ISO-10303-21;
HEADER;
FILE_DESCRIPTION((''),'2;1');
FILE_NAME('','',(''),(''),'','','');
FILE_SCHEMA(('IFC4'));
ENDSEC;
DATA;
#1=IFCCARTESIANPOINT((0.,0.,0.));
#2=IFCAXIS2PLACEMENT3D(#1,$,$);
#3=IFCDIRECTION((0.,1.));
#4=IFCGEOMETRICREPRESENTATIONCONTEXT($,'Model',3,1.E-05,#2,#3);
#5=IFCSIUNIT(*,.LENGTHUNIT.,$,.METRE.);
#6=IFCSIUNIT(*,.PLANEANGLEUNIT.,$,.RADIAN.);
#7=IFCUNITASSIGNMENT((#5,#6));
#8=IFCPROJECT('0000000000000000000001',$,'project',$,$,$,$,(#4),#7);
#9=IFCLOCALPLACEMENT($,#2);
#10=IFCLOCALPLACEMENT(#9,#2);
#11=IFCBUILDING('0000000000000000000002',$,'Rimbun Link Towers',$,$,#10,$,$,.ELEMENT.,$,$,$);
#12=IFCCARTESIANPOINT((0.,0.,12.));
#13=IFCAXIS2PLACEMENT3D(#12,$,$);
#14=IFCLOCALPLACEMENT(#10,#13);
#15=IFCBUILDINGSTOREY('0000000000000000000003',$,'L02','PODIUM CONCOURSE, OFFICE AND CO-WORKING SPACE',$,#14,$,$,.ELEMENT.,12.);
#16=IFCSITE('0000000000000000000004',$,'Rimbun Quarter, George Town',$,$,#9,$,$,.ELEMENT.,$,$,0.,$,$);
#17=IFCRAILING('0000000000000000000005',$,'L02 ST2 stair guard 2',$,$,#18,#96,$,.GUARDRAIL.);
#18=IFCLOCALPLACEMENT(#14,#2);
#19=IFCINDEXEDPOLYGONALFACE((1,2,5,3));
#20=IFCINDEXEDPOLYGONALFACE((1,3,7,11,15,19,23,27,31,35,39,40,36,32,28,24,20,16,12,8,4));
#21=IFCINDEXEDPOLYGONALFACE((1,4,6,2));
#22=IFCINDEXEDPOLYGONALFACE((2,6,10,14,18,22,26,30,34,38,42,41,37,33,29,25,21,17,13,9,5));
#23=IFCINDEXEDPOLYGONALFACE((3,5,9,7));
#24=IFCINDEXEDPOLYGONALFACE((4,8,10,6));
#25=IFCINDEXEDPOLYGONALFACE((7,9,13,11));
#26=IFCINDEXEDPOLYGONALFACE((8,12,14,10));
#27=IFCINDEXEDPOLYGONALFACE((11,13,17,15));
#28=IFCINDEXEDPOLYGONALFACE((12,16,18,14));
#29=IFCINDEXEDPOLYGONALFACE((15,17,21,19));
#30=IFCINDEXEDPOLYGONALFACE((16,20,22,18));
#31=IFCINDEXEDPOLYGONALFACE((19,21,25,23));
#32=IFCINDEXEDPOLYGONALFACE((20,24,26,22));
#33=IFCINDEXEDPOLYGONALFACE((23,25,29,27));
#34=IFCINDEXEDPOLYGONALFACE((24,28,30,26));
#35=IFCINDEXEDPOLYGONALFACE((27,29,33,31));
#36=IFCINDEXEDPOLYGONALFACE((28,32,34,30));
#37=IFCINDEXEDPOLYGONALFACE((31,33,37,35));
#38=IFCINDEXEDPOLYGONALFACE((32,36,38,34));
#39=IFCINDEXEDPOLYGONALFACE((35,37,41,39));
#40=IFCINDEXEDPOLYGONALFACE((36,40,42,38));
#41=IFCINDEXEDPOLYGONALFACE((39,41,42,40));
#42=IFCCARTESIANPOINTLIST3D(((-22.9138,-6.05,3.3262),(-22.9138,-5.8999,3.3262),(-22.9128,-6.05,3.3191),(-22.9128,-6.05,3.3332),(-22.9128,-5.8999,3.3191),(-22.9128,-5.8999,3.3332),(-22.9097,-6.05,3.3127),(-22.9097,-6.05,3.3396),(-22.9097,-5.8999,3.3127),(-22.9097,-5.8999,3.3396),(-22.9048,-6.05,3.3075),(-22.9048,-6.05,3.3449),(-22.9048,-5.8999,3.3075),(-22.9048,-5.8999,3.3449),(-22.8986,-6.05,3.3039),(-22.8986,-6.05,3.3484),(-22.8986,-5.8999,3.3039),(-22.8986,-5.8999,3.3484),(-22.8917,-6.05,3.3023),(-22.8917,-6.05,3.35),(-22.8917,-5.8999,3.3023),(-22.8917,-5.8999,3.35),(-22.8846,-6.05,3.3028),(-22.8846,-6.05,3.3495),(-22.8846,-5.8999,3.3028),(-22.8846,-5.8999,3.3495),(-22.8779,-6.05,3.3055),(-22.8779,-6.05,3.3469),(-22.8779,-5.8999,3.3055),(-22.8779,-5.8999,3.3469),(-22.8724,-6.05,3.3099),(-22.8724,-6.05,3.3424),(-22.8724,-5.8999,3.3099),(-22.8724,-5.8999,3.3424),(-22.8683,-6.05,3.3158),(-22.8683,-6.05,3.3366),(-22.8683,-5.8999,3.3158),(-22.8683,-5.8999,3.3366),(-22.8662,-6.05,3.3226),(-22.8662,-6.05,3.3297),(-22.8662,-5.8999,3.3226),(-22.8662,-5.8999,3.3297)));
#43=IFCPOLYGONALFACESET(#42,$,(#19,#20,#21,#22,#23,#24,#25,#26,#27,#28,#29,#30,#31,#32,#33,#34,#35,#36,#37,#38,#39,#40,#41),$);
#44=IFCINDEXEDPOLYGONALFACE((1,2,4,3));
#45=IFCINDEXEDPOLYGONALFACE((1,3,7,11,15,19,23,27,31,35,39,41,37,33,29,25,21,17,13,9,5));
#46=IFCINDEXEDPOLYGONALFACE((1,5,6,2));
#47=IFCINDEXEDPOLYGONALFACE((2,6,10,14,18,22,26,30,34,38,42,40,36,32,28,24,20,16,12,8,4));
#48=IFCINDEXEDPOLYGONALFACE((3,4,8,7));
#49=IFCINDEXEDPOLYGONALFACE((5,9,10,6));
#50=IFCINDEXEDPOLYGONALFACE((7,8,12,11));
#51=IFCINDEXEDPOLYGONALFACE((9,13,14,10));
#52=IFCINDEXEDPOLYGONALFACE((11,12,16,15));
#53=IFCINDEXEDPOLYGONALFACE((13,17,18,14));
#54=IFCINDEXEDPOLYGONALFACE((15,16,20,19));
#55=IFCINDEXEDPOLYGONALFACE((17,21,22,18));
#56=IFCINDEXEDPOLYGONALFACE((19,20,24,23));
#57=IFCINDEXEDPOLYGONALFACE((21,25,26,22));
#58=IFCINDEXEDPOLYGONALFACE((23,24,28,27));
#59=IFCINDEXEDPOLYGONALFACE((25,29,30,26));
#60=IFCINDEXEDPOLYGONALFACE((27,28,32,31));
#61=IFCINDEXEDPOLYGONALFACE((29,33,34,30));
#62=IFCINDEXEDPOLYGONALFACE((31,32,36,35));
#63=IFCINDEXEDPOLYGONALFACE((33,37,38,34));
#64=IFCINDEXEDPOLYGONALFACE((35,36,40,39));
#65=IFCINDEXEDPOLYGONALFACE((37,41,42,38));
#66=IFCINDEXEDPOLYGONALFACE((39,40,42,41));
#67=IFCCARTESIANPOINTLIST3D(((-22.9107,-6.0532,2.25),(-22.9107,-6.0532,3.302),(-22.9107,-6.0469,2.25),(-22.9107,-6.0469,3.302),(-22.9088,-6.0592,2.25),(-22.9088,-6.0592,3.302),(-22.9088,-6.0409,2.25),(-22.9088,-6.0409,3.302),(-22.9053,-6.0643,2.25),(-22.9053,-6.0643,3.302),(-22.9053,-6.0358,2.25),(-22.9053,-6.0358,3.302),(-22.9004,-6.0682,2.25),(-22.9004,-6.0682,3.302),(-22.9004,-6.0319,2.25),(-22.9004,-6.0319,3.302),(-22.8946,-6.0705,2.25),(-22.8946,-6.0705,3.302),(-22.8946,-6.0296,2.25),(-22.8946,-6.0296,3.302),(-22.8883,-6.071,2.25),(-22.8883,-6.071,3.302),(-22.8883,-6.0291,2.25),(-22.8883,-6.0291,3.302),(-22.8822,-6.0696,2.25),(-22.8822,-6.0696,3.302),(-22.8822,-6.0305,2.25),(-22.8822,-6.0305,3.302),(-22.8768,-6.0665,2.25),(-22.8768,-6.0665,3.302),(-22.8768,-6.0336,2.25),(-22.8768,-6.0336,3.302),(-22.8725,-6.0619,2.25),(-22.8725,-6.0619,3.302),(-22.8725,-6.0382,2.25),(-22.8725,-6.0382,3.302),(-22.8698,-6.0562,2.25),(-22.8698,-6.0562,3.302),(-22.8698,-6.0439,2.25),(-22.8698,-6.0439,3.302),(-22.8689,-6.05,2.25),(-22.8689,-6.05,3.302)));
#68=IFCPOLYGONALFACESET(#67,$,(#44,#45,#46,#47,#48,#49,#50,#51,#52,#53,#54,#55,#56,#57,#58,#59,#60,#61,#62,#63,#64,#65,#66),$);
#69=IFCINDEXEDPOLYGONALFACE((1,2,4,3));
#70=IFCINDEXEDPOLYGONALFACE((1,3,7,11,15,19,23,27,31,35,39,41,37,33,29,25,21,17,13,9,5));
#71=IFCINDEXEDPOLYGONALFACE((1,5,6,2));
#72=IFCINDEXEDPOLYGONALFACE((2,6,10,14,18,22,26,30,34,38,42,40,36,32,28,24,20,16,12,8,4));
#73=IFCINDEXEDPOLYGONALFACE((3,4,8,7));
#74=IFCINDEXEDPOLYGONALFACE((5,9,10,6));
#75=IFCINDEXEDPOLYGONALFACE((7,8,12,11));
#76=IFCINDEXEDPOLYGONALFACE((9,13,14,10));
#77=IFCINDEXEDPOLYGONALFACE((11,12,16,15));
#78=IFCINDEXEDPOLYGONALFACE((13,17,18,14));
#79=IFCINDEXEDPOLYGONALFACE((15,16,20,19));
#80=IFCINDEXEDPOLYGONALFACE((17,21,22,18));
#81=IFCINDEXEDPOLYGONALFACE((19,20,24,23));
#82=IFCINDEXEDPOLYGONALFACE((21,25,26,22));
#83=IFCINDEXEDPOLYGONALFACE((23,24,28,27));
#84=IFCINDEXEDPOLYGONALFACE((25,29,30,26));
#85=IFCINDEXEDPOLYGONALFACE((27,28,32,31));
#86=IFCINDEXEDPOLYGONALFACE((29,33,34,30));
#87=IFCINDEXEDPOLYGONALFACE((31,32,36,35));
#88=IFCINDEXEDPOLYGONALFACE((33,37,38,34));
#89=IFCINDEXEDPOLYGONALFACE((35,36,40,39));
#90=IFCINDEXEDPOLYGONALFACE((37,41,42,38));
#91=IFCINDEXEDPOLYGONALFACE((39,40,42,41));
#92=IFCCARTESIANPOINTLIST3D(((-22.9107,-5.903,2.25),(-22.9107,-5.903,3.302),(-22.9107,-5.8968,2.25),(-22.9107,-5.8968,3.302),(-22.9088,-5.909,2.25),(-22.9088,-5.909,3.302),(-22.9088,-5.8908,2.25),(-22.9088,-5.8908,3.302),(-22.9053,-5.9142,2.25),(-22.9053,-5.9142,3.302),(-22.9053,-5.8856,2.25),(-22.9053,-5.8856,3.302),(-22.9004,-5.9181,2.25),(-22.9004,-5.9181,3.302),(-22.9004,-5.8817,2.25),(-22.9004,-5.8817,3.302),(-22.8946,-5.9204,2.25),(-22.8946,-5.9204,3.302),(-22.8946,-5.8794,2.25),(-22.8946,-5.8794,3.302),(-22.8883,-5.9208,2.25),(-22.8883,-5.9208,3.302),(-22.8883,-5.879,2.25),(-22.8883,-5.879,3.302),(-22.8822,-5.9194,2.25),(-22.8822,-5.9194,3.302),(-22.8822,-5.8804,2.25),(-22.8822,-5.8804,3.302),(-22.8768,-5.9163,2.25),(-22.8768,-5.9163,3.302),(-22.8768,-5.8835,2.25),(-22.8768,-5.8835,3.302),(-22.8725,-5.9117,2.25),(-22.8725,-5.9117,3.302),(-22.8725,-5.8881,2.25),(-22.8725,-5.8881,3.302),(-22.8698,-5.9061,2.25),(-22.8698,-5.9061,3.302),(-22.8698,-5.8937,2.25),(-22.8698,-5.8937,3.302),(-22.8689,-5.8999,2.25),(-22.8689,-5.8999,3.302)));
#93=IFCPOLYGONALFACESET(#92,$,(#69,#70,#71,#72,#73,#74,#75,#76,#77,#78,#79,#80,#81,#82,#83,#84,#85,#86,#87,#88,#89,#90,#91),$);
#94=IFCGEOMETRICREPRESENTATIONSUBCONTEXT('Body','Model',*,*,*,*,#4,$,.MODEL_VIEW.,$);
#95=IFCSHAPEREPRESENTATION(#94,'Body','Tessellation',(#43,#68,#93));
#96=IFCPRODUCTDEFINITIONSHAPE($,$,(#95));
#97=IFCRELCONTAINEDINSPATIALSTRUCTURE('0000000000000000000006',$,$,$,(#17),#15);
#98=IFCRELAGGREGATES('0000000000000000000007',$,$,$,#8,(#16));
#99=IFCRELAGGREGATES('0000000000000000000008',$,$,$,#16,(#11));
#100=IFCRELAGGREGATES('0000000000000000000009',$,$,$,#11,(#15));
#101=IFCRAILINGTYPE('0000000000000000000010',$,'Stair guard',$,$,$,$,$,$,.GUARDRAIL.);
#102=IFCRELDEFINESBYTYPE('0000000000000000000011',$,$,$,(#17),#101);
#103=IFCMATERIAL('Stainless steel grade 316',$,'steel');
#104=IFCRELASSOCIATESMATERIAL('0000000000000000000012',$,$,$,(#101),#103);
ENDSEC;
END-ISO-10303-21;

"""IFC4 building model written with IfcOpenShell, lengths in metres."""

from ifc_helpers import new_model, si_unit, direction, frame, origin, origin_2d, place, context, subcontext, project, spatial, circle, extrude, material, type_object, element, save


model = new_model("IFC4")

# Units and contexts
model_context = context("Model", 3, precision=1e-05, world=origin(), true_north=direction((0.0, 1.0)))
body_context = subcontext(model_context, "Body", "Model", "MODEL_VIEW")
ifc_project = project(units=[si_unit("LENGTHUNIT", "METRE"), si_unit("PLANEANGLEUNIT", "RADIAN")], contexts=[model_context])

# Site, building, storey
site_placement = place(None, origin())
site = spatial("IfcSite", under=ifc_project, at=site_placement, Name="Rimbun Quarter, George Town", CompositionType="ELEMENT", RefElevation=0.0)
building_placement = place(site_placement, origin())
building = spatial("IfcBuilding", under=site, at=building_placement, Name="Rimbun Link Towers", CompositionType="ELEMENT")
storey_placement = place(building_placement, frame((0.0, 0.0, 12.0)))
storey = spatial("IfcBuildingStorey", under=building, at=storey_placement, Name="L02", Description="PODIUM CONCOURSE, OFFICE AND CO-WORKING SPACE", CompositionType="ELEMENT", Elevation=12.0)

# Railing
ifc_material_1 = material(Name="Stainless steel grade 316", Category="steel")
railing_type_1 = type_object("IfcRailingType", Name="Stair guard", PredefinedType="GUARDRAIL", material=ifc_material_1)
railing_1_placement = place(storey_placement, frame((-22.8899, -6.05, 2.25)))
element("IfcRailing", 1, at=railing_1_placement, inside=storey, type_object=railing_type_1, Name="L02 ST2 stair guard 2", PredefinedType="GUARDRAIL", context=body_context, shape_type="SweptSolid", body=[
    extrude(circle(Radius=0.0239, at=origin_2d()), frame((0.0, 0.0, 1.0762), z_axis=(0.0, 1.0, 0.0), x_axis=(-1.0, 0.0, 0.0)), (0.0, 0.0, 1.0), 0.1501),
    extrude(circle(Radius=0.021, at=origin_2d()), origin(), (0.0, 0.0, 1.0), 1.052),
    extrude(circle(Radius=0.021, at=origin_2d()), frame((0.0, 0.1501, 0.0)), (0.0, 0.0, 1.0), 1.052),
])

save(model, "model.ifc")
